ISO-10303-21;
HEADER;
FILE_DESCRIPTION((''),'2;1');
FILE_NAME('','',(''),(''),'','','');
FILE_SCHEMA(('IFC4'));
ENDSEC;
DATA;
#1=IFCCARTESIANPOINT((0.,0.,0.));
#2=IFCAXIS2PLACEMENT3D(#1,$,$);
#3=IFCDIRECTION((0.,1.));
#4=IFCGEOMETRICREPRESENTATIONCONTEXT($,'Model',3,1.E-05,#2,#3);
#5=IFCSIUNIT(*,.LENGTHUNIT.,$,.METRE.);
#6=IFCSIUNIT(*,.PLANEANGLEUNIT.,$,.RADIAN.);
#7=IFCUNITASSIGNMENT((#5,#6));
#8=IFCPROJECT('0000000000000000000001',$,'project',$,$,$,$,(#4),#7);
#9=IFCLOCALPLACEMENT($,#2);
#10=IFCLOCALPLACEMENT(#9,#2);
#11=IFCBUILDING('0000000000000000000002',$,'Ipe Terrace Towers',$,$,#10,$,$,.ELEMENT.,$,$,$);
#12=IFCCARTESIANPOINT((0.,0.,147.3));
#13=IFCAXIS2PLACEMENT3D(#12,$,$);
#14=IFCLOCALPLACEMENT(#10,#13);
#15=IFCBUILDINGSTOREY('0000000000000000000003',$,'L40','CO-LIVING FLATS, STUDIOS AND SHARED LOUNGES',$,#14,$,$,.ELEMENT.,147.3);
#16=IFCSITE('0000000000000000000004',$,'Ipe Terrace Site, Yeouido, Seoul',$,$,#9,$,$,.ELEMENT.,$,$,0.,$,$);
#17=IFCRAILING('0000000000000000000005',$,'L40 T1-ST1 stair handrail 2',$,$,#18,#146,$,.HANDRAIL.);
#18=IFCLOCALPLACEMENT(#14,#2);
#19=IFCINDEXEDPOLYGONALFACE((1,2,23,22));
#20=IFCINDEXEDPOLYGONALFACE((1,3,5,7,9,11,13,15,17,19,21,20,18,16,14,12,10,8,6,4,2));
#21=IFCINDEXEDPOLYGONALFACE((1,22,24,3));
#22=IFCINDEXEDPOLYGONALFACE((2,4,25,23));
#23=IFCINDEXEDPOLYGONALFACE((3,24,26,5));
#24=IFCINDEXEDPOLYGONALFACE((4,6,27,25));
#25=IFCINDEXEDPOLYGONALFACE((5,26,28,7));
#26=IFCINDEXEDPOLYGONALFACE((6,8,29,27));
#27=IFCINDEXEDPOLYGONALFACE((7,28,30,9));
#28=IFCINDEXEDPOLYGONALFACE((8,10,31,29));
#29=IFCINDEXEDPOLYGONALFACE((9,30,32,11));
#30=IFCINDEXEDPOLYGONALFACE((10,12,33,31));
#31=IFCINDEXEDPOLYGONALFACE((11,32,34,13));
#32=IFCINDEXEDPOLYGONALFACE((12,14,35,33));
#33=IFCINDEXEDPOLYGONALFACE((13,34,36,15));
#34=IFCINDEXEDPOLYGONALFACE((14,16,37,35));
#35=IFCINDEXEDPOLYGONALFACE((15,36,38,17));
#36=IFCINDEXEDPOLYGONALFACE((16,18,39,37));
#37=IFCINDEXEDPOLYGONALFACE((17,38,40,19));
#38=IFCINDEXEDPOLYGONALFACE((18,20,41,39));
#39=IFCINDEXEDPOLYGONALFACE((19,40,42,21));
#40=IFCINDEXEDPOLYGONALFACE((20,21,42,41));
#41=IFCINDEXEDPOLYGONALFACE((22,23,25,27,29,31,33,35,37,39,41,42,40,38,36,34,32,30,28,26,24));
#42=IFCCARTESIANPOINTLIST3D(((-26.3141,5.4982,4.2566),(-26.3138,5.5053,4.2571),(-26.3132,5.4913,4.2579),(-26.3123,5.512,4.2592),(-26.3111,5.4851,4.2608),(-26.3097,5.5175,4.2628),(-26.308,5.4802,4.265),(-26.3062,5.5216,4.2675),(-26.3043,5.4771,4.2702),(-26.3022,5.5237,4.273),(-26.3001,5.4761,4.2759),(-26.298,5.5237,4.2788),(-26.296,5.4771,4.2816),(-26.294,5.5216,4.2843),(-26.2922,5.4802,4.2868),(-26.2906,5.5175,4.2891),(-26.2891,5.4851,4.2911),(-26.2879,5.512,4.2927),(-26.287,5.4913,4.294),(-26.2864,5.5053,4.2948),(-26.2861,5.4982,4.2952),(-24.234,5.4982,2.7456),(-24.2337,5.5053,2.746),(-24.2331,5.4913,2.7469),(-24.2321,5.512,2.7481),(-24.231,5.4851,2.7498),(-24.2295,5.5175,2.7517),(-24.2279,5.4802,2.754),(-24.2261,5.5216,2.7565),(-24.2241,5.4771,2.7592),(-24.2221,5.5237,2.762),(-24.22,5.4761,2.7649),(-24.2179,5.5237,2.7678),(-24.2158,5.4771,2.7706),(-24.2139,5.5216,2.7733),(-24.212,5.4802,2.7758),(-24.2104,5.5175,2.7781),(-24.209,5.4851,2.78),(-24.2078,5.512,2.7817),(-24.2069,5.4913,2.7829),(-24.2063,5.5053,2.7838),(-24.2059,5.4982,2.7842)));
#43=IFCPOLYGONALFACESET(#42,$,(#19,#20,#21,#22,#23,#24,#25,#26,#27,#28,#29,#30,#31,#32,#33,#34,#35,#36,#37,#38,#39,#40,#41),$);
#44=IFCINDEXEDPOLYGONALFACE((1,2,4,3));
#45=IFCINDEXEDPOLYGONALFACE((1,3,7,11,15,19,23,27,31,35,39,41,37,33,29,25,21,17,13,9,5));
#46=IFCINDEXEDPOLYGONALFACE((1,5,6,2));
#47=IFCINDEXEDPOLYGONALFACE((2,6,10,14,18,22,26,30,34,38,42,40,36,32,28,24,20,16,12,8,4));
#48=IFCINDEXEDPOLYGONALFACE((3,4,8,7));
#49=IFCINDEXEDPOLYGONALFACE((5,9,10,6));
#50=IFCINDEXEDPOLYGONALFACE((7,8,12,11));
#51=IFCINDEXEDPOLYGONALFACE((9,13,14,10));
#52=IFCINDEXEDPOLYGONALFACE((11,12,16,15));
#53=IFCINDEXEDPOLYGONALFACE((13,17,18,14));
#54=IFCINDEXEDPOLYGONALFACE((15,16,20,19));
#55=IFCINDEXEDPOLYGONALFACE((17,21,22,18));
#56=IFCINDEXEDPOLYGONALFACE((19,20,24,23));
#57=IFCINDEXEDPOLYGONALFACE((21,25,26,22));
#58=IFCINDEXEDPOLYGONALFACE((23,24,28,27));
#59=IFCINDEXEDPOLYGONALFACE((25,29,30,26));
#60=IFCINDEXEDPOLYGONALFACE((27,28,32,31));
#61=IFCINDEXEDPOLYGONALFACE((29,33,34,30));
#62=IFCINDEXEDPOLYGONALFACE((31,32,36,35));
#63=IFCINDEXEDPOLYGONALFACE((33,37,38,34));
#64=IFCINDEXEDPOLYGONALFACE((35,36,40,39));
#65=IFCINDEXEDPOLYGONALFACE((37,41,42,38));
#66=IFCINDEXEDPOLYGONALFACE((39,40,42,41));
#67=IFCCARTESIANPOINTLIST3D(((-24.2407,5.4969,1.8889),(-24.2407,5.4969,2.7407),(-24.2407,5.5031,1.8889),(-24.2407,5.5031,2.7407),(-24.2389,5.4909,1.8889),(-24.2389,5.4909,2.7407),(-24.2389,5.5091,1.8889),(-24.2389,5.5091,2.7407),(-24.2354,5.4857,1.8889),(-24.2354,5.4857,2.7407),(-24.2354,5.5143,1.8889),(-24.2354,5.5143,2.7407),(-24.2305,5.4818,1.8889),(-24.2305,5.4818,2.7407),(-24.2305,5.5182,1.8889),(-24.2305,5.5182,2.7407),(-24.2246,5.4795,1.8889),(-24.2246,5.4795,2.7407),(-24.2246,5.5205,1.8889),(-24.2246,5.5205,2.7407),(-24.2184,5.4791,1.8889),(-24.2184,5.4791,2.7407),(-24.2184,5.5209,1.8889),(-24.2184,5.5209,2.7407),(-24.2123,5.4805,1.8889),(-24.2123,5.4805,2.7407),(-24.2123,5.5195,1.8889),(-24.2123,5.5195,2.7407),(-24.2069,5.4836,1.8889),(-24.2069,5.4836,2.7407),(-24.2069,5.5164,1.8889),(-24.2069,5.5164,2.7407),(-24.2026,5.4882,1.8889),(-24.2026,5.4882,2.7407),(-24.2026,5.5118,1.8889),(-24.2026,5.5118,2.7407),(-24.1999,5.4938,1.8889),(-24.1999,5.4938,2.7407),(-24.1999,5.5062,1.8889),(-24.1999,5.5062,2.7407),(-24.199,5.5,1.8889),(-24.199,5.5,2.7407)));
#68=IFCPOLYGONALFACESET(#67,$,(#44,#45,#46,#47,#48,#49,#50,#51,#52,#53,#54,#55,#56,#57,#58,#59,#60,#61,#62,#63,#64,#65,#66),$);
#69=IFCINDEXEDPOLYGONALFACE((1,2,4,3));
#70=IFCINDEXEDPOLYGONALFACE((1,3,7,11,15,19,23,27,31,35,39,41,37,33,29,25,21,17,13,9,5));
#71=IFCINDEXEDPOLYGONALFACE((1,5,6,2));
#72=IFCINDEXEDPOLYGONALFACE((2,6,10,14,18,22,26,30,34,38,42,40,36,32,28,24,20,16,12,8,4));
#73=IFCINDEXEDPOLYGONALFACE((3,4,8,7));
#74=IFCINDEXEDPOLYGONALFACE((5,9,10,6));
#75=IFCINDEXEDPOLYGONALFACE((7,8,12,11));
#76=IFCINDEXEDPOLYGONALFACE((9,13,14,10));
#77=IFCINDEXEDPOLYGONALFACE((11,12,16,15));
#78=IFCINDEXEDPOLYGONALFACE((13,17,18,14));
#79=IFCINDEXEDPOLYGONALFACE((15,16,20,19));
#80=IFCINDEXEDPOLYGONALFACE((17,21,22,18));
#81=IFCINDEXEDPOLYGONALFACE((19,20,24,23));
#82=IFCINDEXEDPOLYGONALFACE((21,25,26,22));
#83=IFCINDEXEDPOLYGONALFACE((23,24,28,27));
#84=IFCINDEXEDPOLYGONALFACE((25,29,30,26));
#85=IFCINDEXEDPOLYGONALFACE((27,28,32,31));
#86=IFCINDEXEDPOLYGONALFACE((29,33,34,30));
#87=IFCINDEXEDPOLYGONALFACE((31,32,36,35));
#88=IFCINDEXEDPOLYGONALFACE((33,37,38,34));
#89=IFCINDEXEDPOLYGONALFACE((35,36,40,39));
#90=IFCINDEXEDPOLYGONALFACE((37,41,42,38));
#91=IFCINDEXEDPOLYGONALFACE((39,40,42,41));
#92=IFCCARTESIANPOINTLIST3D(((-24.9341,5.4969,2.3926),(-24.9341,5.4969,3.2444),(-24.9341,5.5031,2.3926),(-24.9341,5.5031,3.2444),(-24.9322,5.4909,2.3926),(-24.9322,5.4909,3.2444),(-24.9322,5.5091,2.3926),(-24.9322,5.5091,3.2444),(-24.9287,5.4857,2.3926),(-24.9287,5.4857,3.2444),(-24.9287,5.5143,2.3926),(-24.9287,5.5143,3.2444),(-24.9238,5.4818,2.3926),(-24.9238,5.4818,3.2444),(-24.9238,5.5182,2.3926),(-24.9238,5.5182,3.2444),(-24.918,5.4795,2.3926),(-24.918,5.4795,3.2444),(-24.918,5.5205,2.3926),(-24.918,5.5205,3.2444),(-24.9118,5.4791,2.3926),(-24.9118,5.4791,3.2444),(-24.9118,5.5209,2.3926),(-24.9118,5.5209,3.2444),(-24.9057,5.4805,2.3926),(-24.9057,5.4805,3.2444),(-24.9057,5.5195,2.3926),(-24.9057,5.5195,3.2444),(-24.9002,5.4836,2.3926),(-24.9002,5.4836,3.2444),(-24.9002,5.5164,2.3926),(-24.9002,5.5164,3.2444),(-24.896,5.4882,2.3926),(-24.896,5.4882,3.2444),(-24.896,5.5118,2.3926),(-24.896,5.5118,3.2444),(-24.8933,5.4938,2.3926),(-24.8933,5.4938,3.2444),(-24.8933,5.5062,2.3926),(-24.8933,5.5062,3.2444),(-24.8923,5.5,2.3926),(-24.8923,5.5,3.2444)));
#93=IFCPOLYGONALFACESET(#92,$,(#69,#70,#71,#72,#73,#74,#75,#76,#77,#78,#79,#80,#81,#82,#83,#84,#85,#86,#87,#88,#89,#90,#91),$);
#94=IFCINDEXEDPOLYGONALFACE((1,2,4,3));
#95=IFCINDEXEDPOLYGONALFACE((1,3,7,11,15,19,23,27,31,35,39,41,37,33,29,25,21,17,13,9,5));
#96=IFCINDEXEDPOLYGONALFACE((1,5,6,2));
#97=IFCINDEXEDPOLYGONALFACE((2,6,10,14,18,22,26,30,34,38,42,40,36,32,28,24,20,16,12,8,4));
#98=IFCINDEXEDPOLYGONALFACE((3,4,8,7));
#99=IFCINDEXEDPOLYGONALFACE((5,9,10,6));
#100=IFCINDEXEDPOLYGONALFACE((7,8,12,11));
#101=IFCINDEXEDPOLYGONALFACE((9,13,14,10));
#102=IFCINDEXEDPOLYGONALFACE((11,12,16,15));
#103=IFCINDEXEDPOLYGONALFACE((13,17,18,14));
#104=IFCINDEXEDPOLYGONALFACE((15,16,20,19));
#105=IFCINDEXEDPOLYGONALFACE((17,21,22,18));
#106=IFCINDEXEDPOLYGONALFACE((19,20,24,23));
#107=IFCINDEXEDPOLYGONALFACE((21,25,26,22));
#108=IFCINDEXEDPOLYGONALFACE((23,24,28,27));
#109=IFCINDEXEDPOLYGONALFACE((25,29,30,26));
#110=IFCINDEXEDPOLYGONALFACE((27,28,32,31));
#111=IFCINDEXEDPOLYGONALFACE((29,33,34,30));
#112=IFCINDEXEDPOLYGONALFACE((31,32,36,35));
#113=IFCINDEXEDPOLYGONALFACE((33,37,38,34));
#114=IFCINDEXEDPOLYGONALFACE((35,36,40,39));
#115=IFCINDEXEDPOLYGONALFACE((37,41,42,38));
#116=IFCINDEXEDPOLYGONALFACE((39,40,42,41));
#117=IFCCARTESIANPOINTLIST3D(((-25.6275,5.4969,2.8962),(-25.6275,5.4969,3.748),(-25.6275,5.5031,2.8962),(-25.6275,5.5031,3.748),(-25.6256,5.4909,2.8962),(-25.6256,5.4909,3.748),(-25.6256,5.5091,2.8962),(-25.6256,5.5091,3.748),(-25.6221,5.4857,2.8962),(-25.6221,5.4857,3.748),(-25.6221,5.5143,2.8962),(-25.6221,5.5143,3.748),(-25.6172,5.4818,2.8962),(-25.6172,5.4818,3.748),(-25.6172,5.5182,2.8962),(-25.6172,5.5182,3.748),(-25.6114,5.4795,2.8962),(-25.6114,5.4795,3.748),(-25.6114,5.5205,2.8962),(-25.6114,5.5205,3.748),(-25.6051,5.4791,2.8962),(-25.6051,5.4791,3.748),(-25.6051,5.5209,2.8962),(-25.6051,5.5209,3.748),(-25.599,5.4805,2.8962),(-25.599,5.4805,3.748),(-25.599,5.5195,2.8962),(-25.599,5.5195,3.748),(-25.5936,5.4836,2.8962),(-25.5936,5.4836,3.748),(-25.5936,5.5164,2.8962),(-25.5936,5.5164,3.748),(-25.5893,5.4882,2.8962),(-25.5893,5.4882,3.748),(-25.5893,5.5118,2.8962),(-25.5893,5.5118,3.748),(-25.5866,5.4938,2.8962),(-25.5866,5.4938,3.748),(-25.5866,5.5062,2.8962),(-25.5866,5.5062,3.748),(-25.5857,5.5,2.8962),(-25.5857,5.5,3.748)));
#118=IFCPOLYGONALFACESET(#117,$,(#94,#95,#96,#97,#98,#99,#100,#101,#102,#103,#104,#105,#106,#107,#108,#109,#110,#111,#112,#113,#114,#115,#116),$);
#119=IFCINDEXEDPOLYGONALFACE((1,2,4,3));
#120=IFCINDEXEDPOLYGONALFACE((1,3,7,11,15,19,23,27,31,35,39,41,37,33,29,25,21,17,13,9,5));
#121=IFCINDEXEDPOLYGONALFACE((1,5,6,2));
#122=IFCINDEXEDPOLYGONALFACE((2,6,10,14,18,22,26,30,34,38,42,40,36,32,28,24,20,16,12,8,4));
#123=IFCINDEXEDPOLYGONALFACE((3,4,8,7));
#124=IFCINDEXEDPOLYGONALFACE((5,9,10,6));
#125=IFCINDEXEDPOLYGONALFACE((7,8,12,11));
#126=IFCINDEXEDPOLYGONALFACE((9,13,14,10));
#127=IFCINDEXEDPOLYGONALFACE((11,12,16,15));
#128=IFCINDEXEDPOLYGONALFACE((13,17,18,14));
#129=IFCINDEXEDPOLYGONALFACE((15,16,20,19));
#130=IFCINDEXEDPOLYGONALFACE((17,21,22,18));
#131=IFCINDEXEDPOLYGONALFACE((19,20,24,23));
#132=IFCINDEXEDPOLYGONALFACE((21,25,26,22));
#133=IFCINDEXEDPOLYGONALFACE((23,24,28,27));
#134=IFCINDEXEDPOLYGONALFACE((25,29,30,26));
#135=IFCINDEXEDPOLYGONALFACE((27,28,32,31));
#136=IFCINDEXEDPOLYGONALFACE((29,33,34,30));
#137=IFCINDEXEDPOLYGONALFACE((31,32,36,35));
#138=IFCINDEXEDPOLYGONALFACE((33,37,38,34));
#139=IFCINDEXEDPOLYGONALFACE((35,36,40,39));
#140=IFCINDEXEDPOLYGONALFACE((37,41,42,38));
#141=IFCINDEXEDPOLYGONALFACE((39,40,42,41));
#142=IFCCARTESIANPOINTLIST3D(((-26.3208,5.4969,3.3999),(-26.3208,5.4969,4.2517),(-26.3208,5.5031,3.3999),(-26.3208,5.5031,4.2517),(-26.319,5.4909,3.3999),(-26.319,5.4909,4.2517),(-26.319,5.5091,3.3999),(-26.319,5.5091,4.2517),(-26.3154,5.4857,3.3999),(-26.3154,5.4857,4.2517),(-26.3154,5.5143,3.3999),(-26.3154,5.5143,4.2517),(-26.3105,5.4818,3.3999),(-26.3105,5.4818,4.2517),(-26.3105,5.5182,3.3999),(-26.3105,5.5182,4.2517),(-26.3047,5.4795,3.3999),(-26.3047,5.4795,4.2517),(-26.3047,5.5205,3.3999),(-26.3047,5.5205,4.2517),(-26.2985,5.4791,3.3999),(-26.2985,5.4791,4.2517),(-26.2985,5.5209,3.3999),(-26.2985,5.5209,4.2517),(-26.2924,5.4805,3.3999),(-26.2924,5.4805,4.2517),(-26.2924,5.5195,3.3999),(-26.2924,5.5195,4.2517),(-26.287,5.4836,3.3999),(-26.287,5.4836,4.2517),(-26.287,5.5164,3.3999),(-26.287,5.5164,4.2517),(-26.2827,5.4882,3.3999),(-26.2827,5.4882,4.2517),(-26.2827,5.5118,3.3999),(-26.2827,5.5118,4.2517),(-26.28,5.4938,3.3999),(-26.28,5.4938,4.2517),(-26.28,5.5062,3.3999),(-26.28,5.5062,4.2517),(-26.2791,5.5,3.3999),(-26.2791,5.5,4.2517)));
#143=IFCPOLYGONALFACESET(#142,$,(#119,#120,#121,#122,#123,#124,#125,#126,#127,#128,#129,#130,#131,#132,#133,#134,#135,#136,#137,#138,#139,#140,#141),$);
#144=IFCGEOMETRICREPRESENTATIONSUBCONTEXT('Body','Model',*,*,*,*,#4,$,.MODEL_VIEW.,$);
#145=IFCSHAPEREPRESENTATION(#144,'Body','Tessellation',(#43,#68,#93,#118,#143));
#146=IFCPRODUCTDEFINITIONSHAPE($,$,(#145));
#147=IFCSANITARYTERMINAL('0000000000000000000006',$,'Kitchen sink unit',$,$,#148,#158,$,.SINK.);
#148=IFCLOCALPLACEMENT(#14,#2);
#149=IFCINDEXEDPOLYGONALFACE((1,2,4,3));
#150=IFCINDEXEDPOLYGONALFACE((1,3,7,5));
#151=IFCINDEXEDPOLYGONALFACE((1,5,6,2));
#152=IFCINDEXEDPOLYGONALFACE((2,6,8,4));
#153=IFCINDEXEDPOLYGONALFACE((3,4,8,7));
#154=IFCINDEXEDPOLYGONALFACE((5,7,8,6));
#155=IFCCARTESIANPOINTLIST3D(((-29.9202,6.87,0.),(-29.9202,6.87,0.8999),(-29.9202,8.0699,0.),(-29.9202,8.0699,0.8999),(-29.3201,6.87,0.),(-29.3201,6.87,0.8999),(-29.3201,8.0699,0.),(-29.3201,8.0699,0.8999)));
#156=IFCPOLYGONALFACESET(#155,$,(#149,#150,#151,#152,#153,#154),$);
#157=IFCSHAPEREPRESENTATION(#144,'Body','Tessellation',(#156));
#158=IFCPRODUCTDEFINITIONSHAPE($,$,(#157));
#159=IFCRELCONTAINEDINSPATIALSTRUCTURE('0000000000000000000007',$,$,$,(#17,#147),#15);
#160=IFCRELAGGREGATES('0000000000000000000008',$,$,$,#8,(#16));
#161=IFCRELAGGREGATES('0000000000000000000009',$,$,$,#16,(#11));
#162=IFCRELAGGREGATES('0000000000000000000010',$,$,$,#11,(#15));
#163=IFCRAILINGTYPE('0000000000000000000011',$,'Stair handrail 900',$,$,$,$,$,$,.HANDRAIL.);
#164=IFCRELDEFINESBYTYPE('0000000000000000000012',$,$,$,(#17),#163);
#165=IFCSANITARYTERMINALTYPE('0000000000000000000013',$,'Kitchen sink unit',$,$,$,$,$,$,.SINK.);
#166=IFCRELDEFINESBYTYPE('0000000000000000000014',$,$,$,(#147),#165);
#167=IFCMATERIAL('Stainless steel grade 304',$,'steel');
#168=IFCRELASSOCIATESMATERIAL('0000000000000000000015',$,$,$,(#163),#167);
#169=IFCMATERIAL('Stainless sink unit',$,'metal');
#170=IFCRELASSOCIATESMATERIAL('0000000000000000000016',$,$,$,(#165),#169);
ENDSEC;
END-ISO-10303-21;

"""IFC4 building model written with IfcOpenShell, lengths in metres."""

from ifc_helpers import new_model, si_unit, direction, frame, origin, origin_2d, place, context, subcontext, project, spatial, rectangle, circle, extrude, material, type_object, element, save


model = new_model("IFC4")

# Units and contexts
model_context = context("Model", 3, precision=1e-05, world=origin(), true_north=direction((0.0, 1.0)))
body_context = subcontext(model_context, "Body", "Model", "MODEL_VIEW")
ifc_project = project(units=[si_unit("LENGTHUNIT", "METRE"), si_unit("PLANEANGLEUNIT", "RADIAN")], contexts=[model_context])

# Site, building, storey
site_placement = place(None, origin())
site = spatial("IfcSite", under=ifc_project, at=site_placement, Name="Ipe Terrace Site, Yeouido, Seoul", CompositionType="ELEMENT", RefElevation=0.0)
building_placement = place(site_placement, origin())
building = spatial("IfcBuilding", under=site, at=building_placement, Name="Ipe Terrace Towers", CompositionType="ELEMENT")
storey_placement = place(building_placement, frame((0.0, 0.0, 147.3)))
storey = spatial("IfcBuildingStorey", under=building, at=storey_placement, Name="L40", Description="CO-LIVING FLATS, STUDIOS AND SHARED LOUNGES", CompositionType="ELEMENT", Elevation=147.3)

# Railing
ifc_material_1 = material(Name="Stainless steel grade 304", Category="steel")
railing_type_1 = type_object("IfcRailingType", Name="Stair handrail 900", PredefinedType="HANDRAIL", material=ifc_material_1)
railing_1_placement = place(storey_placement, frame((-24.22, 5.5, 1.8889)))
element("IfcRailing", 1, at=railing_1_placement, inside=storey, type_object=railing_type_1, Name="L40 T1-ST1 stair handrail 2", PredefinedType="HANDRAIL", context=body_context, shape_type="SweptSolid", body=[
    extrude(circle(Radius=0.0239, at=origin_2d()), frame((0.0, 0.0, 0.876), z_axis=(-0.809069, 0.0, 0.587714), x_axis=(0.0, -1.0, 0.0)), (0.0, 0.0, 1.0), 2.571),
    extrude(circle(Radius=0.021, at=origin_2d()), origin(), (0.0, 0.0, 1.0), 0.8518),
    extrude(circle(Radius=0.021, at=origin_2d()), frame((-0.6934, 0.0, 0.5037)), (0.0, 0.0, 1.0), 0.8518),
    extrude(circle(Radius=0.021, at=origin_2d()), frame((-1.3867, 0.0, 1.0073)), (0.0, 0.0, 1.0), 0.8518),
    extrude(circle(Radius=0.021, at=origin_2d()), frame((-2.0801, 0.0, 1.511)), (0.0, 0.0, 1.0), 0.8518),
])

# Sanitary terminal
ifc_material_2 = material(Name="Stainless sink unit", Category="metal")
sanitary_terminal_type = type_object("IfcSanitaryTerminalType", Name="Kitchen sink unit", PredefinedType="SINK", material=ifc_material_2)
sanitary_terminal_placement = place(storey_placement, frame((-29.6201, 7.47, 0.0), z_axis=(0.0, 0.0, 1.0), x_axis=(0.0, -1.0, 0.0)))
element("IfcSanitaryTerminal", 2, at=sanitary_terminal_placement, inside=storey, type_object=sanitary_terminal_type, Name="Kitchen sink unit", PredefinedType="SINK", context=body_context, shape_type="SweptSolid", body=[
    extrude(rectangle(XDim=1.2, YDim=0.6001, at=origin_2d()), origin(), (0.0, 0.0, 1.0), 0.8999),
])

save(model, "model.ifc")
